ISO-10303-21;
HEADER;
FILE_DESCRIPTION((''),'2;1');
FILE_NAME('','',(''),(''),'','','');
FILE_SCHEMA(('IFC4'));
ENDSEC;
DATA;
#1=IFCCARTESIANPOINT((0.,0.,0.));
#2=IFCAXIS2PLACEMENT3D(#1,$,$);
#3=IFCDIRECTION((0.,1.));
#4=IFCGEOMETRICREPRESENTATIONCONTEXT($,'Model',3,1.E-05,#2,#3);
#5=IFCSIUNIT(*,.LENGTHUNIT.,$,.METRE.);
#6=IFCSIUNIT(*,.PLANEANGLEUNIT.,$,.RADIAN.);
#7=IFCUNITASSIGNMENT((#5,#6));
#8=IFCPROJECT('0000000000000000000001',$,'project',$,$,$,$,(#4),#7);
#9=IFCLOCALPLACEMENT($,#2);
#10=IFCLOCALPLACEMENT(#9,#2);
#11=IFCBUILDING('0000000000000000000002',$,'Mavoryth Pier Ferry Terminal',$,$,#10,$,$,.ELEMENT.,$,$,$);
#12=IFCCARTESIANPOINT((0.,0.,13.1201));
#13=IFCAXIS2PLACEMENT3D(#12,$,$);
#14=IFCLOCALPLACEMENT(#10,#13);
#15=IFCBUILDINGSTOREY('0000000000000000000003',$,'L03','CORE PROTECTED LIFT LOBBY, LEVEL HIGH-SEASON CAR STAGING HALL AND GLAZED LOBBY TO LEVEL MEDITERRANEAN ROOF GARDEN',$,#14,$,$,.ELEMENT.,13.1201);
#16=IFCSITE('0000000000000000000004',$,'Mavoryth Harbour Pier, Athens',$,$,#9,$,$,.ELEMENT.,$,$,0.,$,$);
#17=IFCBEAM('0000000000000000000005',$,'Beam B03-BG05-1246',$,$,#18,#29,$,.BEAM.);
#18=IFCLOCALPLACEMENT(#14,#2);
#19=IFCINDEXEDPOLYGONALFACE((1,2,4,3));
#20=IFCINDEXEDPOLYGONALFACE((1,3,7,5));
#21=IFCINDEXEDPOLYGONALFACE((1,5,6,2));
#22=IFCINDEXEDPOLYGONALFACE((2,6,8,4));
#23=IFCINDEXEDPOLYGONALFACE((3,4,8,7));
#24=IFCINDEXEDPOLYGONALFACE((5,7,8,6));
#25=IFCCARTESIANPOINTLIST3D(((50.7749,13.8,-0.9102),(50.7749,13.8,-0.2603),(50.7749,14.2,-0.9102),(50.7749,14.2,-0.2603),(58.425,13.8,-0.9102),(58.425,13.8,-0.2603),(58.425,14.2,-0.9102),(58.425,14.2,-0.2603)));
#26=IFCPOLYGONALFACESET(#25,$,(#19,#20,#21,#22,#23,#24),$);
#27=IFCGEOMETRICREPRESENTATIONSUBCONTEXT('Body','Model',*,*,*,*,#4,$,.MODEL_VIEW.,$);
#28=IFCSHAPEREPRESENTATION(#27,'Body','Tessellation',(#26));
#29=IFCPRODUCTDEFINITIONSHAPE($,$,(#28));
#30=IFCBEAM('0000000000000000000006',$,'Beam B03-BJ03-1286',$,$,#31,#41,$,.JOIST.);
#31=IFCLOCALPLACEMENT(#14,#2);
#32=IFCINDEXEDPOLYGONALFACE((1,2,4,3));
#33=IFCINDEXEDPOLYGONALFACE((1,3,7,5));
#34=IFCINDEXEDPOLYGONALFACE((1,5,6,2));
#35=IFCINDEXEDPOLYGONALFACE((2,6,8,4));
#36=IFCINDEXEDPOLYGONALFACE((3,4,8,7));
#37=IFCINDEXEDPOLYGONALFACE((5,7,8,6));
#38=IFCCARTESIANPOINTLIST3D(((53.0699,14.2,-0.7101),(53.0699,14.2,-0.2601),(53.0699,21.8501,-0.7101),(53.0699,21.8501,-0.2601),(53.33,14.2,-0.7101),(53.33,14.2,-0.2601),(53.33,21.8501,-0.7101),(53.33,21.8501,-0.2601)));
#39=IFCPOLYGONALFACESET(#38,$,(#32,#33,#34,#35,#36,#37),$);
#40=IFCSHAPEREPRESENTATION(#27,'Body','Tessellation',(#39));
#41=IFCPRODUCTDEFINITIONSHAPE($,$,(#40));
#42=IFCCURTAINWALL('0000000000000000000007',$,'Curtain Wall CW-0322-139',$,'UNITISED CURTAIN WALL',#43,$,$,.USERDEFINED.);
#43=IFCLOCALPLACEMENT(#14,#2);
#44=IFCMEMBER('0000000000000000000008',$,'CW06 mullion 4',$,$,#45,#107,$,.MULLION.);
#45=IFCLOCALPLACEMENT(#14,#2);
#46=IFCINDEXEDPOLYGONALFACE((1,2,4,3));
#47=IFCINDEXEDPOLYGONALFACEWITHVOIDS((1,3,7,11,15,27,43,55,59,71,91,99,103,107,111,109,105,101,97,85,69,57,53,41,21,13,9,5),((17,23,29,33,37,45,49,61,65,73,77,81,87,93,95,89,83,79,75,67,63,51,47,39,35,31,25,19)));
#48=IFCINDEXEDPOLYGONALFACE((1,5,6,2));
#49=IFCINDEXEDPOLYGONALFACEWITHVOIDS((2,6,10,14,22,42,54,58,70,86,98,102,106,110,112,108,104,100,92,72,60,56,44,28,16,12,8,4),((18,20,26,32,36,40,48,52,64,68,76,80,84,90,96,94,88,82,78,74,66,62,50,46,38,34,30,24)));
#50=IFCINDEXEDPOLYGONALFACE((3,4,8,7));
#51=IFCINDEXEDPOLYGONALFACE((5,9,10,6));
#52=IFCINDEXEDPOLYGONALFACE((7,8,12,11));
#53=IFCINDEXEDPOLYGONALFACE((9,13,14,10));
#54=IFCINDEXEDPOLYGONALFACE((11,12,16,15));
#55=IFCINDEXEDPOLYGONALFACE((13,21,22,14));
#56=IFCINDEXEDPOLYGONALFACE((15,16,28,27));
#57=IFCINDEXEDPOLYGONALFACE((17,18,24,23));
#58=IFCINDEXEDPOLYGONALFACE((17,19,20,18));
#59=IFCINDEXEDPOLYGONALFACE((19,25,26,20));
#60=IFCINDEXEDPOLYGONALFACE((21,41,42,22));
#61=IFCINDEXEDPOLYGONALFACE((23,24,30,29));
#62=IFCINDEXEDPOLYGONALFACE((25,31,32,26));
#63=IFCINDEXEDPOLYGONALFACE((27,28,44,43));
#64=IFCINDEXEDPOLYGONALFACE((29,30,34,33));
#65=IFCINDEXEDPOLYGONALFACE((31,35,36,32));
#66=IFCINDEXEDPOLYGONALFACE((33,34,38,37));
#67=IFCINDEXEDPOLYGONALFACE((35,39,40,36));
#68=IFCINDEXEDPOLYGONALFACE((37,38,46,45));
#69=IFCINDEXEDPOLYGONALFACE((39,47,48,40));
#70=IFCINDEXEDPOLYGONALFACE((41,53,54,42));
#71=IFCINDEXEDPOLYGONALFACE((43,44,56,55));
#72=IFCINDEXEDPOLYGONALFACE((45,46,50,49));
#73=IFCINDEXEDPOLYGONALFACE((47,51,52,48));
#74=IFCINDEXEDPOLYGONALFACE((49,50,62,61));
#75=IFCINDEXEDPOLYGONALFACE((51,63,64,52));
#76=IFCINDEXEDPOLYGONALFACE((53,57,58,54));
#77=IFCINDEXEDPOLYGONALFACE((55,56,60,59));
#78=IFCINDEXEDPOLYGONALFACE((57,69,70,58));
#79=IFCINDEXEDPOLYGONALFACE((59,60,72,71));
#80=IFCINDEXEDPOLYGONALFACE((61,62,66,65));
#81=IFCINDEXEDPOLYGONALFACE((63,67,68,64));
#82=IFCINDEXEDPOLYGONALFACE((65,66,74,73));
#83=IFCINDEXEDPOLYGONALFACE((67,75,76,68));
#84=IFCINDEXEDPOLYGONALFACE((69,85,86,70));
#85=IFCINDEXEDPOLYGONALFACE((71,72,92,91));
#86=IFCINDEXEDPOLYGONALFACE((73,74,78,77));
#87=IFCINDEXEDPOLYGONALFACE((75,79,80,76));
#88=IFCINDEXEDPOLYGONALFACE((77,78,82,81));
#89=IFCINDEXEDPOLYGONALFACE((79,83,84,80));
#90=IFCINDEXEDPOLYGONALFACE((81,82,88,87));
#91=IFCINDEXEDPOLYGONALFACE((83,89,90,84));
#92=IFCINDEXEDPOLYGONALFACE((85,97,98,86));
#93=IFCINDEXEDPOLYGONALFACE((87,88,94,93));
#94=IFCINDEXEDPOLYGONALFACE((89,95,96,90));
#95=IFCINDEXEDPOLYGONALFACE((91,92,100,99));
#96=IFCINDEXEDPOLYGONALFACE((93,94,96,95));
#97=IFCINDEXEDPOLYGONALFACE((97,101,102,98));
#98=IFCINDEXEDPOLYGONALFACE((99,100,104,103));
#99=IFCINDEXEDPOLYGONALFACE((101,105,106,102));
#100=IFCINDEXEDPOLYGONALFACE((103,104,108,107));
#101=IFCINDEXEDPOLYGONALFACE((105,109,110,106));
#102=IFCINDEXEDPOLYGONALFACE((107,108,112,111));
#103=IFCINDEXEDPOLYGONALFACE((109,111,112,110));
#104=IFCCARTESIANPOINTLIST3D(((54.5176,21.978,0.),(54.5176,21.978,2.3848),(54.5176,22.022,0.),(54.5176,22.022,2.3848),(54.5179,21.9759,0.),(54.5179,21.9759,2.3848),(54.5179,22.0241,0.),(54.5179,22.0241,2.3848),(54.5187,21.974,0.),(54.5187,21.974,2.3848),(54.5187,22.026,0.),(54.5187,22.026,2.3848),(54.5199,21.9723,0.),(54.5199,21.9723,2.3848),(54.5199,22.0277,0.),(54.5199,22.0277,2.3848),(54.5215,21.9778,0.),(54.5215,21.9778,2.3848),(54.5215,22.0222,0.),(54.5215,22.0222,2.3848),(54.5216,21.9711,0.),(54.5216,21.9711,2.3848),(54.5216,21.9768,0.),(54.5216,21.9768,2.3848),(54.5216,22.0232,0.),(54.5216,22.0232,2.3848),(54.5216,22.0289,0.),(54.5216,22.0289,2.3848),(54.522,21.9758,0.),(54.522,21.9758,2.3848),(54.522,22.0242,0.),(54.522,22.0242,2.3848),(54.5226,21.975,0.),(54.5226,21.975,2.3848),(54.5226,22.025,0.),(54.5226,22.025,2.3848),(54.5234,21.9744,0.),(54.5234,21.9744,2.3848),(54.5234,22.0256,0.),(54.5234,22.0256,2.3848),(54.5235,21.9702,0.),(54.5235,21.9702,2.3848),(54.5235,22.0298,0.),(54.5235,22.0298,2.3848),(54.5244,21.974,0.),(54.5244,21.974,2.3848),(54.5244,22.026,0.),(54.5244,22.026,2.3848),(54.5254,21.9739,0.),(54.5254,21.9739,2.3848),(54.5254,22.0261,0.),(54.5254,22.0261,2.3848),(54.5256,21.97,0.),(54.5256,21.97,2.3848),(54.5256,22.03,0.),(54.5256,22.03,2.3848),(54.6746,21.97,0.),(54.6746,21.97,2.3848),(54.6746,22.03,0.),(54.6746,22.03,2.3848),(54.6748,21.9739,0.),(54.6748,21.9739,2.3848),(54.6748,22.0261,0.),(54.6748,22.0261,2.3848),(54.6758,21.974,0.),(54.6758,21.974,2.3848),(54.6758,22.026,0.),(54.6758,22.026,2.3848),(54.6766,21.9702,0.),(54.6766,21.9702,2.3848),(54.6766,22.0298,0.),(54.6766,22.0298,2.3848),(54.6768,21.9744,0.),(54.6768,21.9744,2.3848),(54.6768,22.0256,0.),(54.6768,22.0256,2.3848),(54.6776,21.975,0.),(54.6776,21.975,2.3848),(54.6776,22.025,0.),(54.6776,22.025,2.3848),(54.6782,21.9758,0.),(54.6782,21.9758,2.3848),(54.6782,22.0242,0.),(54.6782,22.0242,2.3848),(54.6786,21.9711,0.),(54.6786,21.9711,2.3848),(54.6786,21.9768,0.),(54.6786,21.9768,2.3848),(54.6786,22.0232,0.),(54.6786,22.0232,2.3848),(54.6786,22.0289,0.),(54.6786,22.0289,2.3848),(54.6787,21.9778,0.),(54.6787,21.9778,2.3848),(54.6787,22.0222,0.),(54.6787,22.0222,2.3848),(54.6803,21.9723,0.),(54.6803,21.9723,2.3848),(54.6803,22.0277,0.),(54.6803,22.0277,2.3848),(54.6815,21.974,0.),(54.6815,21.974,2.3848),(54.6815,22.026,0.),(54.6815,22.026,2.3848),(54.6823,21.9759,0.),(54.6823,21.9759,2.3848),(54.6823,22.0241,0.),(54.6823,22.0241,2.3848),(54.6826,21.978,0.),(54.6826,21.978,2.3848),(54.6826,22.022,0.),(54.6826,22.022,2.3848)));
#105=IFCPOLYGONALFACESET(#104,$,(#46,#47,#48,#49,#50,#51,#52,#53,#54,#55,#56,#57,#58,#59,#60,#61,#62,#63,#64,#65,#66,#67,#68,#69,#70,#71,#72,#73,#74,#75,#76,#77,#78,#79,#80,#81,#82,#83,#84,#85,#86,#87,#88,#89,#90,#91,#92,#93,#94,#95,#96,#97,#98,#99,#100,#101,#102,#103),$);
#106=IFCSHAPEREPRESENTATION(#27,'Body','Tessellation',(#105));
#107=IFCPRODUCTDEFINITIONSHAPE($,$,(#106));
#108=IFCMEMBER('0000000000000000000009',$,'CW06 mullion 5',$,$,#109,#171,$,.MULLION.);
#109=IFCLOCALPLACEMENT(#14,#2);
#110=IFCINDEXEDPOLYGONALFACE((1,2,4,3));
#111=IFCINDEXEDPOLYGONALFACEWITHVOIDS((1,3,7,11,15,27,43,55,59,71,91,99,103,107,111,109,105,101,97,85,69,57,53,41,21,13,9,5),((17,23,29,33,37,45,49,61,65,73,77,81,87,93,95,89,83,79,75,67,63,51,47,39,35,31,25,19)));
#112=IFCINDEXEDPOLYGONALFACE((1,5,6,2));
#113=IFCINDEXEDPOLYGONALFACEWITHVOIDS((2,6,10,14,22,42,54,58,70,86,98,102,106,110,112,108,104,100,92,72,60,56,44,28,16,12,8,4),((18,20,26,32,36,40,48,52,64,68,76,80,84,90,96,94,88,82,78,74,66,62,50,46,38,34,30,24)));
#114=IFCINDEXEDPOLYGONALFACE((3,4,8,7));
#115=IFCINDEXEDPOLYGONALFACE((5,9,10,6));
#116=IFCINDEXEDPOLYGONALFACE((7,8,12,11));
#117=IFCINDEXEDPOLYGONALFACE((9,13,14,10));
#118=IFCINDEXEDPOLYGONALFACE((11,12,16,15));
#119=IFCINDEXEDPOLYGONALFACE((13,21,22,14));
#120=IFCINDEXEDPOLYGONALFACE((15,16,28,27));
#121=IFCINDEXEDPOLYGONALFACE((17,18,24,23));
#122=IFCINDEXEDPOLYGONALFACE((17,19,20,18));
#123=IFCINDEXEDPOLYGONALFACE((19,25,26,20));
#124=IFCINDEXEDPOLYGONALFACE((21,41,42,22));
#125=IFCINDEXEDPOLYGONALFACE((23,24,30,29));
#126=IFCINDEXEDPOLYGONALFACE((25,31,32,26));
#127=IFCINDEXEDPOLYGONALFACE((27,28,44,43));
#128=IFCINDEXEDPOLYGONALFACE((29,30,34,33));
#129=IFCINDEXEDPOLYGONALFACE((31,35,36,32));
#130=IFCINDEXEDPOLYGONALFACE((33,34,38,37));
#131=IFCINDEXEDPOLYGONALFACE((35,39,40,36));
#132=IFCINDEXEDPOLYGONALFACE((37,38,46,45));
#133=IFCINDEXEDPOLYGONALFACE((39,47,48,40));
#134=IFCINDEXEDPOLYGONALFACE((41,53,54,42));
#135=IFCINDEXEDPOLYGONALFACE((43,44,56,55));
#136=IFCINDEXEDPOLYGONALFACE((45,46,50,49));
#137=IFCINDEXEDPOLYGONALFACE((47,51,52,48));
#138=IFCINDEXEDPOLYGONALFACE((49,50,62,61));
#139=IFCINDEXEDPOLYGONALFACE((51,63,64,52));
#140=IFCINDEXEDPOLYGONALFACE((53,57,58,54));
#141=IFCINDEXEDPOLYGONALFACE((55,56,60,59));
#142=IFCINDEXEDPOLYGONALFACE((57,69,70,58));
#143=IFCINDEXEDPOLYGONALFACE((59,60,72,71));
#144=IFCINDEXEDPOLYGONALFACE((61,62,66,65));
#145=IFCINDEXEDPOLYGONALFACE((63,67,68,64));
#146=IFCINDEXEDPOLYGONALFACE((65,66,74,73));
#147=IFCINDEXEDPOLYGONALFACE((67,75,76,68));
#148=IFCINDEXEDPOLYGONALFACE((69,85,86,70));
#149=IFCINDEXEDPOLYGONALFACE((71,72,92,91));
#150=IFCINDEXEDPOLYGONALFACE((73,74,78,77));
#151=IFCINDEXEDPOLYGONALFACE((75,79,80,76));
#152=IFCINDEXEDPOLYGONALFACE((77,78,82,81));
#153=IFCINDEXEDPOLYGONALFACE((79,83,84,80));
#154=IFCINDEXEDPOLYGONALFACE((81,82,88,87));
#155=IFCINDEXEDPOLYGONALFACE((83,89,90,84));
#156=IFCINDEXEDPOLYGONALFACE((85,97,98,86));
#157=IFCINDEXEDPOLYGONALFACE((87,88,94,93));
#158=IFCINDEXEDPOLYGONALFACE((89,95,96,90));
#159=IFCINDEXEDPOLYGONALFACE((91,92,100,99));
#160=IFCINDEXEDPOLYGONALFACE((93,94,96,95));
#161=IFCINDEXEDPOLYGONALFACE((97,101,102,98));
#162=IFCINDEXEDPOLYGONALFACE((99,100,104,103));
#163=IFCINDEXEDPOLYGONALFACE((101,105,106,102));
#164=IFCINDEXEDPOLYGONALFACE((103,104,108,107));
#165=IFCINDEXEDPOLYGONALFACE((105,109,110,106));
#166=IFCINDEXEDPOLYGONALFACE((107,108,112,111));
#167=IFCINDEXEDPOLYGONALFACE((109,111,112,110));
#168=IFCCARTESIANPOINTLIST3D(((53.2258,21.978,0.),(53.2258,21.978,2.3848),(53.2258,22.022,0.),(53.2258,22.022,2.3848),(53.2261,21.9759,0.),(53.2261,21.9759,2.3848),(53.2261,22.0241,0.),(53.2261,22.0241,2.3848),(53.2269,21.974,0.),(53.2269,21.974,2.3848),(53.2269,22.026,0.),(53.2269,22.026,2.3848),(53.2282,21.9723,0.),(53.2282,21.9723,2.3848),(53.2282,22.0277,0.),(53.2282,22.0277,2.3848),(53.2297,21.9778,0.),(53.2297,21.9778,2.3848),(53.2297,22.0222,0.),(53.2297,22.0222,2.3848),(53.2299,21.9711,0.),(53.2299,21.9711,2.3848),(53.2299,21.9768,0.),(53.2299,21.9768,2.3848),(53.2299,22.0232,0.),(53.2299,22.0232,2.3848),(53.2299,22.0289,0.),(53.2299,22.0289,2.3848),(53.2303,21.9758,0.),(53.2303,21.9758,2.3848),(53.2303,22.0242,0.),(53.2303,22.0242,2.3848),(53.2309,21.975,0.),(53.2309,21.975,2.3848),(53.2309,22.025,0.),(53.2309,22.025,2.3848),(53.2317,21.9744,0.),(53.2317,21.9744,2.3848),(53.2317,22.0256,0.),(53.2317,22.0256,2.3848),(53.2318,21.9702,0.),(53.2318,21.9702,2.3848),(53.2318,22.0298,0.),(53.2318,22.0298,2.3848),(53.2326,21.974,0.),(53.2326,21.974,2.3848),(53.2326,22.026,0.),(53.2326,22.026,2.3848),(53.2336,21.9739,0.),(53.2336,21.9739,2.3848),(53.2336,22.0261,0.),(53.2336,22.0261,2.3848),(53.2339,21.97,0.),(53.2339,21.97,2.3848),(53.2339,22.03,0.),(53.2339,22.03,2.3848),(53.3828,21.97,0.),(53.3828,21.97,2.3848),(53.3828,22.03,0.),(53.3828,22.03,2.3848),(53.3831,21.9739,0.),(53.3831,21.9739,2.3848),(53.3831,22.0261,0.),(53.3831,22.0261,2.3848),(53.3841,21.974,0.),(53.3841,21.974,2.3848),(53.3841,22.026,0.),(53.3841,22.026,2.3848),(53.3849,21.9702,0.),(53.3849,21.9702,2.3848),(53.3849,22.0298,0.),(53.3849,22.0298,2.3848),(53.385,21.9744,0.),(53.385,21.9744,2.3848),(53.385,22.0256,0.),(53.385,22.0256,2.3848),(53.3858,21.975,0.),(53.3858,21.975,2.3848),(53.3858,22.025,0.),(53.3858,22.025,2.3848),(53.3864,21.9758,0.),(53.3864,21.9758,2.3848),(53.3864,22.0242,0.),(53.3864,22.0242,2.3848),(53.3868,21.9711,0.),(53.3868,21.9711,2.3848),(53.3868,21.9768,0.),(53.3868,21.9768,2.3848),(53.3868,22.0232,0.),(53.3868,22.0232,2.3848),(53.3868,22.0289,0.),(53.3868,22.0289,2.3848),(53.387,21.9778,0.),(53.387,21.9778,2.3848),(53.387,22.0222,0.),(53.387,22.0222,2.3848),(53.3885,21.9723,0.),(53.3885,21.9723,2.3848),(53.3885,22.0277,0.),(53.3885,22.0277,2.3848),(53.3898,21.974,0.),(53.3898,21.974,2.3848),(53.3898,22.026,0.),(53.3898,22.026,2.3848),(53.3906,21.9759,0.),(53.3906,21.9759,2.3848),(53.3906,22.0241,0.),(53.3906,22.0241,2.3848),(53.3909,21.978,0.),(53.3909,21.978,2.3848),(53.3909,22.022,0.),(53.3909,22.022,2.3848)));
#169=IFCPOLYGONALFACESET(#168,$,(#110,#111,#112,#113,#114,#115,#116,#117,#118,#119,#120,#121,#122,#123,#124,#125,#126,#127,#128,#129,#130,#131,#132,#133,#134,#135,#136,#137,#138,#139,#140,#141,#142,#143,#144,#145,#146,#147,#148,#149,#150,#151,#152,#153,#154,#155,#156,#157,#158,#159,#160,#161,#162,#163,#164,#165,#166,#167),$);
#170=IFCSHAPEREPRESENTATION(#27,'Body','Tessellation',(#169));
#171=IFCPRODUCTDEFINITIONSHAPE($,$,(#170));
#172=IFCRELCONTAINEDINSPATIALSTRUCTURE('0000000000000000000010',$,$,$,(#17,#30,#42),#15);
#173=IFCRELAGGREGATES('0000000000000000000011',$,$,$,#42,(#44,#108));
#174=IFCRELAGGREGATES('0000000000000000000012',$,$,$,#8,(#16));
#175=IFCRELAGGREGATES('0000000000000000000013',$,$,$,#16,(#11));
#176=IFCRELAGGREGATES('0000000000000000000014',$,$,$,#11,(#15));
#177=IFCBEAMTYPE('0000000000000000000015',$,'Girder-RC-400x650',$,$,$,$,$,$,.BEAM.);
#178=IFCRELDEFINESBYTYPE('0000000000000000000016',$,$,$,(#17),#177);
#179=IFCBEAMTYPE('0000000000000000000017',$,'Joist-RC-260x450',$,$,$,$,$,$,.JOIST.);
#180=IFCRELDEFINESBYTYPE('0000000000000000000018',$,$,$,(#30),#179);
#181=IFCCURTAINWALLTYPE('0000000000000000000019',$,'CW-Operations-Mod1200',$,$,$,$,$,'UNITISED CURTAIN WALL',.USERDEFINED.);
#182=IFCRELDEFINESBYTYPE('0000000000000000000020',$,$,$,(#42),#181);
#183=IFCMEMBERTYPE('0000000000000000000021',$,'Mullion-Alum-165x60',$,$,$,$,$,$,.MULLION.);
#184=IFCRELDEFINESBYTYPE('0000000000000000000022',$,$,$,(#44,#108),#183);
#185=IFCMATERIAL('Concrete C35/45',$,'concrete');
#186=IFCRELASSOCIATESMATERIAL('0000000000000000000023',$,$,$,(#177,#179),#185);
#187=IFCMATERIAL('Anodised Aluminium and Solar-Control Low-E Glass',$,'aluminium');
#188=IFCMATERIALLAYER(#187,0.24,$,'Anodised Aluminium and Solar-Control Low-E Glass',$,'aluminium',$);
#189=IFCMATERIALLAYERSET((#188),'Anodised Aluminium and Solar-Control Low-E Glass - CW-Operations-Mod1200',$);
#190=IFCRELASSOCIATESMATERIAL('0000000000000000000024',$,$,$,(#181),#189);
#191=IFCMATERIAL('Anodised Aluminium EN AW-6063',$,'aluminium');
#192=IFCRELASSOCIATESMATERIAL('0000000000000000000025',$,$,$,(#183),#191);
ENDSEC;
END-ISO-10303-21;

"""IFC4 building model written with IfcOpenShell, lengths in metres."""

from ifc_helpers import new_model, si_unit, direction, frame, origin, origin_2d, place, context, subcontext, project, spatial, rectangle, hollow_rectangle, extrude, material, layer, layer_set, material_profile, profile_set, type_object, element, aggregate, save


model = new_model("IFC4")

# Units and contexts
model_context = context("Model", 3, precision=1e-05, world=origin(), true_north=direction((0.0, 1.0)))
body_context = subcontext(model_context, "Body", "Model", "MODEL_VIEW")
ifc_project = project(units=[si_unit("LENGTHUNIT", "METRE"), si_unit("PLANEANGLEUNIT", "RADIAN")], contexts=[model_context])

# Site, building, storey
site_placement = place(None, origin())
site = spatial("IfcSite", under=ifc_project, at=site_placement, Name="Mavoryth Harbour Pier, Athens", CompositionType="ELEMENT", RefElevation=0.0)
building_placement = place(site_placement, origin())
building = spatial("IfcBuilding", under=site, at=building_placement, Name="Mavoryth Pier Ferry Terminal", CompositionType="ELEMENT")
storey_placement = place(building_placement, frame((0.0, 0.0, 13.1201)))
storey = spatial("IfcBuildingStorey", under=building, at=storey_placement, Name="L03", Description="CORE PROTECTED LIFT LOBBY, LEVEL HIGH-SEASON CAR STAGING HALL AND GLAZED LOBBY TO LEVEL MEDITERRANEAN ROOF GARDEN", CompositionType="ELEMENT", Elevation=13.1201)

# Beams
ifc_material_1 = material(Name="Concrete C35/45", Category="concrete")
ifc_material_profile_1 = material_profile(ifc_material_1, rectangle(XDim=0.3999, YDim=0.6499, at=origin_2d()), Name="RC 400x650", Category="concrete")
ifc_profile_set_1 = profile_set([ifc_material_profile_1], Name="Concrete C35/45 - RC 400x650")
beam_type_1 = type_object("IfcBeamType", Name="Girder-RC-400x650", PredefinedType="BEAM", material=ifc_profile_set_1)
beam_1_placement = place(storey_placement, frame((50.7749, 14.0, -0.5852), z_axis=(1.0, 0.0, 0.0), x_axis=(0.0, 1.0, 0.0)))
element("IfcBeam", 1, at=beam_1_placement, inside=storey, type_object=beam_type_1, Name="Beam B03-BG05-1246", PredefinedType="BEAM", context=body_context, shape_type="SweptSolid", body=[
    extrude(rectangle(XDim=0.3999, YDim=0.6499, at=origin_2d()), origin(), (0.0, 0.0, 1.0), 7.6501),
])
ifc_material_profile_2 = material_profile(ifc_material_1, rectangle(XDim=0.26, YDim=0.45, at=origin_2d()), Name="RC 260x450", Category="concrete")
ifc_profile_set_2 = profile_set([ifc_material_profile_2], Name="Concrete C35/45 - RC 260x450")
beam_type_2 = type_object("IfcBeamType", Name="Joist-RC-260x450", PredefinedType="JOIST", material=ifc_profile_set_2)
beam_2_placement = place(storey_placement, frame((53.2, 14.2, -0.4851), z_axis=(0.0, 1.0, 0.0), x_axis=(-1.0, 0.0, 0.0)))
element("IfcBeam", 2, at=beam_2_placement, inside=storey, type_object=beam_type_2, Name="Beam B03-BJ03-1286", PredefinedType="JOIST", context=body_context, shape_type="SweptSolid", body=[
    extrude(rectangle(XDim=0.26, YDim=0.45, at=origin_2d()), origin(), (0.0, 0.0, 1.0), 7.6501),
])

# Curtain wall, members
ifc_material_2 = material(Name="Anodised Aluminium and Solar-Control Low-E Glass", Category="aluminium")
ifc_layer_1 = layer(ifc_material_2, 0.24, Name="Anodised Aluminium and Solar-Control Low-E Glass", Category="aluminium")
ifc_layer_set_1 = layer_set([ifc_layer_1], Name="Anodised Aluminium and Solar-Control Low-E Glass - CW-Operations-Mod1200")
curtain_wall_type = type_object("IfcCurtainWallType", Name="CW-Operations-Mod1200", ElementType="UNITISED CURTAIN WALL", PredefinedType="USERDEFINED", material=ifc_layer_set_1)
curtain_wall_placement = place(storey_placement, origin())
curtain_wall = element("IfcCurtainWall", 3, at=curtain_wall_placement, inside=storey, type_object=curtain_wall_type, Name="Curtain Wall CW-0322-139", ObjectType="UNITISED CURTAIN WALL", PredefinedType="USERDEFINED")
ifc_material_3 = material(Name="Anodised Aluminium EN AW-6063", Category="aluminium")
ifc_material_profile_3 = material_profile(ifc_material_3, hollow_rectangle(XDim=0.0601, YDim=0.165, WallThickness=0.0039, InnerFilletRadius=0.0039, OuterFilletRadius=0.0081, at=origin_2d()), Name="AL-MULL 165x60x4", Category="aluminium")
ifc_profile_set_3 = profile_set([ifc_material_profile_3], Name="Anodised Aluminium EN AW-6063 - AL-MULL 165x60x4")
member_type_1 = type_object("IfcMemberType", Name="Mullion-Alum-165x60", PredefinedType="MULLION", material=ifc_profile_set_3)
member_1_placement = place(storey_placement, frame((54.6001, 22.0, 0.0), z_axis=(0.0, 0.0, 1.0), x_axis=(0.0, -1.0, 0.0)))
member_1 = element("IfcMember", 4, at=member_1_placement, type_object=member_type_1, Name="CW06 mullion 4", PredefinedType="MULLION", context=body_context, shape_type="SweptSolid", body=[
    extrude(hollow_rectangle(XDim=0.0601, YDim=0.165, WallThickness=0.0039, InnerFilletRadius=0.0039, OuterFilletRadius=0.0081, at=origin_2d()), origin(), (0.0, 0.0, 1.0), 2.3848),
])
member_2_placement = place(storey_placement, frame((53.3083, 22.0, 0.0), z_axis=(0.0, 0.0, 1.0), x_axis=(0.0, -1.0, 0.0)))
member_2 = element("IfcMember", 5, at=member_2_placement, type_object=member_type_1, Name="CW06 mullion 5", PredefinedType="MULLION", context=body_context, shape_type="SweptSolid", body=[
    extrude(hollow_rectangle(XDim=0.0601, YDim=0.165, WallThickness=0.0039, InnerFilletRadius=0.0039, OuterFilletRadius=0.0081, at=origin_2d()), origin(), (0.0, 0.0, 1.0), 2.3848),
])

aggregate(curtain_wall, [member_1, member_2])

save(model, "model.ifc")
